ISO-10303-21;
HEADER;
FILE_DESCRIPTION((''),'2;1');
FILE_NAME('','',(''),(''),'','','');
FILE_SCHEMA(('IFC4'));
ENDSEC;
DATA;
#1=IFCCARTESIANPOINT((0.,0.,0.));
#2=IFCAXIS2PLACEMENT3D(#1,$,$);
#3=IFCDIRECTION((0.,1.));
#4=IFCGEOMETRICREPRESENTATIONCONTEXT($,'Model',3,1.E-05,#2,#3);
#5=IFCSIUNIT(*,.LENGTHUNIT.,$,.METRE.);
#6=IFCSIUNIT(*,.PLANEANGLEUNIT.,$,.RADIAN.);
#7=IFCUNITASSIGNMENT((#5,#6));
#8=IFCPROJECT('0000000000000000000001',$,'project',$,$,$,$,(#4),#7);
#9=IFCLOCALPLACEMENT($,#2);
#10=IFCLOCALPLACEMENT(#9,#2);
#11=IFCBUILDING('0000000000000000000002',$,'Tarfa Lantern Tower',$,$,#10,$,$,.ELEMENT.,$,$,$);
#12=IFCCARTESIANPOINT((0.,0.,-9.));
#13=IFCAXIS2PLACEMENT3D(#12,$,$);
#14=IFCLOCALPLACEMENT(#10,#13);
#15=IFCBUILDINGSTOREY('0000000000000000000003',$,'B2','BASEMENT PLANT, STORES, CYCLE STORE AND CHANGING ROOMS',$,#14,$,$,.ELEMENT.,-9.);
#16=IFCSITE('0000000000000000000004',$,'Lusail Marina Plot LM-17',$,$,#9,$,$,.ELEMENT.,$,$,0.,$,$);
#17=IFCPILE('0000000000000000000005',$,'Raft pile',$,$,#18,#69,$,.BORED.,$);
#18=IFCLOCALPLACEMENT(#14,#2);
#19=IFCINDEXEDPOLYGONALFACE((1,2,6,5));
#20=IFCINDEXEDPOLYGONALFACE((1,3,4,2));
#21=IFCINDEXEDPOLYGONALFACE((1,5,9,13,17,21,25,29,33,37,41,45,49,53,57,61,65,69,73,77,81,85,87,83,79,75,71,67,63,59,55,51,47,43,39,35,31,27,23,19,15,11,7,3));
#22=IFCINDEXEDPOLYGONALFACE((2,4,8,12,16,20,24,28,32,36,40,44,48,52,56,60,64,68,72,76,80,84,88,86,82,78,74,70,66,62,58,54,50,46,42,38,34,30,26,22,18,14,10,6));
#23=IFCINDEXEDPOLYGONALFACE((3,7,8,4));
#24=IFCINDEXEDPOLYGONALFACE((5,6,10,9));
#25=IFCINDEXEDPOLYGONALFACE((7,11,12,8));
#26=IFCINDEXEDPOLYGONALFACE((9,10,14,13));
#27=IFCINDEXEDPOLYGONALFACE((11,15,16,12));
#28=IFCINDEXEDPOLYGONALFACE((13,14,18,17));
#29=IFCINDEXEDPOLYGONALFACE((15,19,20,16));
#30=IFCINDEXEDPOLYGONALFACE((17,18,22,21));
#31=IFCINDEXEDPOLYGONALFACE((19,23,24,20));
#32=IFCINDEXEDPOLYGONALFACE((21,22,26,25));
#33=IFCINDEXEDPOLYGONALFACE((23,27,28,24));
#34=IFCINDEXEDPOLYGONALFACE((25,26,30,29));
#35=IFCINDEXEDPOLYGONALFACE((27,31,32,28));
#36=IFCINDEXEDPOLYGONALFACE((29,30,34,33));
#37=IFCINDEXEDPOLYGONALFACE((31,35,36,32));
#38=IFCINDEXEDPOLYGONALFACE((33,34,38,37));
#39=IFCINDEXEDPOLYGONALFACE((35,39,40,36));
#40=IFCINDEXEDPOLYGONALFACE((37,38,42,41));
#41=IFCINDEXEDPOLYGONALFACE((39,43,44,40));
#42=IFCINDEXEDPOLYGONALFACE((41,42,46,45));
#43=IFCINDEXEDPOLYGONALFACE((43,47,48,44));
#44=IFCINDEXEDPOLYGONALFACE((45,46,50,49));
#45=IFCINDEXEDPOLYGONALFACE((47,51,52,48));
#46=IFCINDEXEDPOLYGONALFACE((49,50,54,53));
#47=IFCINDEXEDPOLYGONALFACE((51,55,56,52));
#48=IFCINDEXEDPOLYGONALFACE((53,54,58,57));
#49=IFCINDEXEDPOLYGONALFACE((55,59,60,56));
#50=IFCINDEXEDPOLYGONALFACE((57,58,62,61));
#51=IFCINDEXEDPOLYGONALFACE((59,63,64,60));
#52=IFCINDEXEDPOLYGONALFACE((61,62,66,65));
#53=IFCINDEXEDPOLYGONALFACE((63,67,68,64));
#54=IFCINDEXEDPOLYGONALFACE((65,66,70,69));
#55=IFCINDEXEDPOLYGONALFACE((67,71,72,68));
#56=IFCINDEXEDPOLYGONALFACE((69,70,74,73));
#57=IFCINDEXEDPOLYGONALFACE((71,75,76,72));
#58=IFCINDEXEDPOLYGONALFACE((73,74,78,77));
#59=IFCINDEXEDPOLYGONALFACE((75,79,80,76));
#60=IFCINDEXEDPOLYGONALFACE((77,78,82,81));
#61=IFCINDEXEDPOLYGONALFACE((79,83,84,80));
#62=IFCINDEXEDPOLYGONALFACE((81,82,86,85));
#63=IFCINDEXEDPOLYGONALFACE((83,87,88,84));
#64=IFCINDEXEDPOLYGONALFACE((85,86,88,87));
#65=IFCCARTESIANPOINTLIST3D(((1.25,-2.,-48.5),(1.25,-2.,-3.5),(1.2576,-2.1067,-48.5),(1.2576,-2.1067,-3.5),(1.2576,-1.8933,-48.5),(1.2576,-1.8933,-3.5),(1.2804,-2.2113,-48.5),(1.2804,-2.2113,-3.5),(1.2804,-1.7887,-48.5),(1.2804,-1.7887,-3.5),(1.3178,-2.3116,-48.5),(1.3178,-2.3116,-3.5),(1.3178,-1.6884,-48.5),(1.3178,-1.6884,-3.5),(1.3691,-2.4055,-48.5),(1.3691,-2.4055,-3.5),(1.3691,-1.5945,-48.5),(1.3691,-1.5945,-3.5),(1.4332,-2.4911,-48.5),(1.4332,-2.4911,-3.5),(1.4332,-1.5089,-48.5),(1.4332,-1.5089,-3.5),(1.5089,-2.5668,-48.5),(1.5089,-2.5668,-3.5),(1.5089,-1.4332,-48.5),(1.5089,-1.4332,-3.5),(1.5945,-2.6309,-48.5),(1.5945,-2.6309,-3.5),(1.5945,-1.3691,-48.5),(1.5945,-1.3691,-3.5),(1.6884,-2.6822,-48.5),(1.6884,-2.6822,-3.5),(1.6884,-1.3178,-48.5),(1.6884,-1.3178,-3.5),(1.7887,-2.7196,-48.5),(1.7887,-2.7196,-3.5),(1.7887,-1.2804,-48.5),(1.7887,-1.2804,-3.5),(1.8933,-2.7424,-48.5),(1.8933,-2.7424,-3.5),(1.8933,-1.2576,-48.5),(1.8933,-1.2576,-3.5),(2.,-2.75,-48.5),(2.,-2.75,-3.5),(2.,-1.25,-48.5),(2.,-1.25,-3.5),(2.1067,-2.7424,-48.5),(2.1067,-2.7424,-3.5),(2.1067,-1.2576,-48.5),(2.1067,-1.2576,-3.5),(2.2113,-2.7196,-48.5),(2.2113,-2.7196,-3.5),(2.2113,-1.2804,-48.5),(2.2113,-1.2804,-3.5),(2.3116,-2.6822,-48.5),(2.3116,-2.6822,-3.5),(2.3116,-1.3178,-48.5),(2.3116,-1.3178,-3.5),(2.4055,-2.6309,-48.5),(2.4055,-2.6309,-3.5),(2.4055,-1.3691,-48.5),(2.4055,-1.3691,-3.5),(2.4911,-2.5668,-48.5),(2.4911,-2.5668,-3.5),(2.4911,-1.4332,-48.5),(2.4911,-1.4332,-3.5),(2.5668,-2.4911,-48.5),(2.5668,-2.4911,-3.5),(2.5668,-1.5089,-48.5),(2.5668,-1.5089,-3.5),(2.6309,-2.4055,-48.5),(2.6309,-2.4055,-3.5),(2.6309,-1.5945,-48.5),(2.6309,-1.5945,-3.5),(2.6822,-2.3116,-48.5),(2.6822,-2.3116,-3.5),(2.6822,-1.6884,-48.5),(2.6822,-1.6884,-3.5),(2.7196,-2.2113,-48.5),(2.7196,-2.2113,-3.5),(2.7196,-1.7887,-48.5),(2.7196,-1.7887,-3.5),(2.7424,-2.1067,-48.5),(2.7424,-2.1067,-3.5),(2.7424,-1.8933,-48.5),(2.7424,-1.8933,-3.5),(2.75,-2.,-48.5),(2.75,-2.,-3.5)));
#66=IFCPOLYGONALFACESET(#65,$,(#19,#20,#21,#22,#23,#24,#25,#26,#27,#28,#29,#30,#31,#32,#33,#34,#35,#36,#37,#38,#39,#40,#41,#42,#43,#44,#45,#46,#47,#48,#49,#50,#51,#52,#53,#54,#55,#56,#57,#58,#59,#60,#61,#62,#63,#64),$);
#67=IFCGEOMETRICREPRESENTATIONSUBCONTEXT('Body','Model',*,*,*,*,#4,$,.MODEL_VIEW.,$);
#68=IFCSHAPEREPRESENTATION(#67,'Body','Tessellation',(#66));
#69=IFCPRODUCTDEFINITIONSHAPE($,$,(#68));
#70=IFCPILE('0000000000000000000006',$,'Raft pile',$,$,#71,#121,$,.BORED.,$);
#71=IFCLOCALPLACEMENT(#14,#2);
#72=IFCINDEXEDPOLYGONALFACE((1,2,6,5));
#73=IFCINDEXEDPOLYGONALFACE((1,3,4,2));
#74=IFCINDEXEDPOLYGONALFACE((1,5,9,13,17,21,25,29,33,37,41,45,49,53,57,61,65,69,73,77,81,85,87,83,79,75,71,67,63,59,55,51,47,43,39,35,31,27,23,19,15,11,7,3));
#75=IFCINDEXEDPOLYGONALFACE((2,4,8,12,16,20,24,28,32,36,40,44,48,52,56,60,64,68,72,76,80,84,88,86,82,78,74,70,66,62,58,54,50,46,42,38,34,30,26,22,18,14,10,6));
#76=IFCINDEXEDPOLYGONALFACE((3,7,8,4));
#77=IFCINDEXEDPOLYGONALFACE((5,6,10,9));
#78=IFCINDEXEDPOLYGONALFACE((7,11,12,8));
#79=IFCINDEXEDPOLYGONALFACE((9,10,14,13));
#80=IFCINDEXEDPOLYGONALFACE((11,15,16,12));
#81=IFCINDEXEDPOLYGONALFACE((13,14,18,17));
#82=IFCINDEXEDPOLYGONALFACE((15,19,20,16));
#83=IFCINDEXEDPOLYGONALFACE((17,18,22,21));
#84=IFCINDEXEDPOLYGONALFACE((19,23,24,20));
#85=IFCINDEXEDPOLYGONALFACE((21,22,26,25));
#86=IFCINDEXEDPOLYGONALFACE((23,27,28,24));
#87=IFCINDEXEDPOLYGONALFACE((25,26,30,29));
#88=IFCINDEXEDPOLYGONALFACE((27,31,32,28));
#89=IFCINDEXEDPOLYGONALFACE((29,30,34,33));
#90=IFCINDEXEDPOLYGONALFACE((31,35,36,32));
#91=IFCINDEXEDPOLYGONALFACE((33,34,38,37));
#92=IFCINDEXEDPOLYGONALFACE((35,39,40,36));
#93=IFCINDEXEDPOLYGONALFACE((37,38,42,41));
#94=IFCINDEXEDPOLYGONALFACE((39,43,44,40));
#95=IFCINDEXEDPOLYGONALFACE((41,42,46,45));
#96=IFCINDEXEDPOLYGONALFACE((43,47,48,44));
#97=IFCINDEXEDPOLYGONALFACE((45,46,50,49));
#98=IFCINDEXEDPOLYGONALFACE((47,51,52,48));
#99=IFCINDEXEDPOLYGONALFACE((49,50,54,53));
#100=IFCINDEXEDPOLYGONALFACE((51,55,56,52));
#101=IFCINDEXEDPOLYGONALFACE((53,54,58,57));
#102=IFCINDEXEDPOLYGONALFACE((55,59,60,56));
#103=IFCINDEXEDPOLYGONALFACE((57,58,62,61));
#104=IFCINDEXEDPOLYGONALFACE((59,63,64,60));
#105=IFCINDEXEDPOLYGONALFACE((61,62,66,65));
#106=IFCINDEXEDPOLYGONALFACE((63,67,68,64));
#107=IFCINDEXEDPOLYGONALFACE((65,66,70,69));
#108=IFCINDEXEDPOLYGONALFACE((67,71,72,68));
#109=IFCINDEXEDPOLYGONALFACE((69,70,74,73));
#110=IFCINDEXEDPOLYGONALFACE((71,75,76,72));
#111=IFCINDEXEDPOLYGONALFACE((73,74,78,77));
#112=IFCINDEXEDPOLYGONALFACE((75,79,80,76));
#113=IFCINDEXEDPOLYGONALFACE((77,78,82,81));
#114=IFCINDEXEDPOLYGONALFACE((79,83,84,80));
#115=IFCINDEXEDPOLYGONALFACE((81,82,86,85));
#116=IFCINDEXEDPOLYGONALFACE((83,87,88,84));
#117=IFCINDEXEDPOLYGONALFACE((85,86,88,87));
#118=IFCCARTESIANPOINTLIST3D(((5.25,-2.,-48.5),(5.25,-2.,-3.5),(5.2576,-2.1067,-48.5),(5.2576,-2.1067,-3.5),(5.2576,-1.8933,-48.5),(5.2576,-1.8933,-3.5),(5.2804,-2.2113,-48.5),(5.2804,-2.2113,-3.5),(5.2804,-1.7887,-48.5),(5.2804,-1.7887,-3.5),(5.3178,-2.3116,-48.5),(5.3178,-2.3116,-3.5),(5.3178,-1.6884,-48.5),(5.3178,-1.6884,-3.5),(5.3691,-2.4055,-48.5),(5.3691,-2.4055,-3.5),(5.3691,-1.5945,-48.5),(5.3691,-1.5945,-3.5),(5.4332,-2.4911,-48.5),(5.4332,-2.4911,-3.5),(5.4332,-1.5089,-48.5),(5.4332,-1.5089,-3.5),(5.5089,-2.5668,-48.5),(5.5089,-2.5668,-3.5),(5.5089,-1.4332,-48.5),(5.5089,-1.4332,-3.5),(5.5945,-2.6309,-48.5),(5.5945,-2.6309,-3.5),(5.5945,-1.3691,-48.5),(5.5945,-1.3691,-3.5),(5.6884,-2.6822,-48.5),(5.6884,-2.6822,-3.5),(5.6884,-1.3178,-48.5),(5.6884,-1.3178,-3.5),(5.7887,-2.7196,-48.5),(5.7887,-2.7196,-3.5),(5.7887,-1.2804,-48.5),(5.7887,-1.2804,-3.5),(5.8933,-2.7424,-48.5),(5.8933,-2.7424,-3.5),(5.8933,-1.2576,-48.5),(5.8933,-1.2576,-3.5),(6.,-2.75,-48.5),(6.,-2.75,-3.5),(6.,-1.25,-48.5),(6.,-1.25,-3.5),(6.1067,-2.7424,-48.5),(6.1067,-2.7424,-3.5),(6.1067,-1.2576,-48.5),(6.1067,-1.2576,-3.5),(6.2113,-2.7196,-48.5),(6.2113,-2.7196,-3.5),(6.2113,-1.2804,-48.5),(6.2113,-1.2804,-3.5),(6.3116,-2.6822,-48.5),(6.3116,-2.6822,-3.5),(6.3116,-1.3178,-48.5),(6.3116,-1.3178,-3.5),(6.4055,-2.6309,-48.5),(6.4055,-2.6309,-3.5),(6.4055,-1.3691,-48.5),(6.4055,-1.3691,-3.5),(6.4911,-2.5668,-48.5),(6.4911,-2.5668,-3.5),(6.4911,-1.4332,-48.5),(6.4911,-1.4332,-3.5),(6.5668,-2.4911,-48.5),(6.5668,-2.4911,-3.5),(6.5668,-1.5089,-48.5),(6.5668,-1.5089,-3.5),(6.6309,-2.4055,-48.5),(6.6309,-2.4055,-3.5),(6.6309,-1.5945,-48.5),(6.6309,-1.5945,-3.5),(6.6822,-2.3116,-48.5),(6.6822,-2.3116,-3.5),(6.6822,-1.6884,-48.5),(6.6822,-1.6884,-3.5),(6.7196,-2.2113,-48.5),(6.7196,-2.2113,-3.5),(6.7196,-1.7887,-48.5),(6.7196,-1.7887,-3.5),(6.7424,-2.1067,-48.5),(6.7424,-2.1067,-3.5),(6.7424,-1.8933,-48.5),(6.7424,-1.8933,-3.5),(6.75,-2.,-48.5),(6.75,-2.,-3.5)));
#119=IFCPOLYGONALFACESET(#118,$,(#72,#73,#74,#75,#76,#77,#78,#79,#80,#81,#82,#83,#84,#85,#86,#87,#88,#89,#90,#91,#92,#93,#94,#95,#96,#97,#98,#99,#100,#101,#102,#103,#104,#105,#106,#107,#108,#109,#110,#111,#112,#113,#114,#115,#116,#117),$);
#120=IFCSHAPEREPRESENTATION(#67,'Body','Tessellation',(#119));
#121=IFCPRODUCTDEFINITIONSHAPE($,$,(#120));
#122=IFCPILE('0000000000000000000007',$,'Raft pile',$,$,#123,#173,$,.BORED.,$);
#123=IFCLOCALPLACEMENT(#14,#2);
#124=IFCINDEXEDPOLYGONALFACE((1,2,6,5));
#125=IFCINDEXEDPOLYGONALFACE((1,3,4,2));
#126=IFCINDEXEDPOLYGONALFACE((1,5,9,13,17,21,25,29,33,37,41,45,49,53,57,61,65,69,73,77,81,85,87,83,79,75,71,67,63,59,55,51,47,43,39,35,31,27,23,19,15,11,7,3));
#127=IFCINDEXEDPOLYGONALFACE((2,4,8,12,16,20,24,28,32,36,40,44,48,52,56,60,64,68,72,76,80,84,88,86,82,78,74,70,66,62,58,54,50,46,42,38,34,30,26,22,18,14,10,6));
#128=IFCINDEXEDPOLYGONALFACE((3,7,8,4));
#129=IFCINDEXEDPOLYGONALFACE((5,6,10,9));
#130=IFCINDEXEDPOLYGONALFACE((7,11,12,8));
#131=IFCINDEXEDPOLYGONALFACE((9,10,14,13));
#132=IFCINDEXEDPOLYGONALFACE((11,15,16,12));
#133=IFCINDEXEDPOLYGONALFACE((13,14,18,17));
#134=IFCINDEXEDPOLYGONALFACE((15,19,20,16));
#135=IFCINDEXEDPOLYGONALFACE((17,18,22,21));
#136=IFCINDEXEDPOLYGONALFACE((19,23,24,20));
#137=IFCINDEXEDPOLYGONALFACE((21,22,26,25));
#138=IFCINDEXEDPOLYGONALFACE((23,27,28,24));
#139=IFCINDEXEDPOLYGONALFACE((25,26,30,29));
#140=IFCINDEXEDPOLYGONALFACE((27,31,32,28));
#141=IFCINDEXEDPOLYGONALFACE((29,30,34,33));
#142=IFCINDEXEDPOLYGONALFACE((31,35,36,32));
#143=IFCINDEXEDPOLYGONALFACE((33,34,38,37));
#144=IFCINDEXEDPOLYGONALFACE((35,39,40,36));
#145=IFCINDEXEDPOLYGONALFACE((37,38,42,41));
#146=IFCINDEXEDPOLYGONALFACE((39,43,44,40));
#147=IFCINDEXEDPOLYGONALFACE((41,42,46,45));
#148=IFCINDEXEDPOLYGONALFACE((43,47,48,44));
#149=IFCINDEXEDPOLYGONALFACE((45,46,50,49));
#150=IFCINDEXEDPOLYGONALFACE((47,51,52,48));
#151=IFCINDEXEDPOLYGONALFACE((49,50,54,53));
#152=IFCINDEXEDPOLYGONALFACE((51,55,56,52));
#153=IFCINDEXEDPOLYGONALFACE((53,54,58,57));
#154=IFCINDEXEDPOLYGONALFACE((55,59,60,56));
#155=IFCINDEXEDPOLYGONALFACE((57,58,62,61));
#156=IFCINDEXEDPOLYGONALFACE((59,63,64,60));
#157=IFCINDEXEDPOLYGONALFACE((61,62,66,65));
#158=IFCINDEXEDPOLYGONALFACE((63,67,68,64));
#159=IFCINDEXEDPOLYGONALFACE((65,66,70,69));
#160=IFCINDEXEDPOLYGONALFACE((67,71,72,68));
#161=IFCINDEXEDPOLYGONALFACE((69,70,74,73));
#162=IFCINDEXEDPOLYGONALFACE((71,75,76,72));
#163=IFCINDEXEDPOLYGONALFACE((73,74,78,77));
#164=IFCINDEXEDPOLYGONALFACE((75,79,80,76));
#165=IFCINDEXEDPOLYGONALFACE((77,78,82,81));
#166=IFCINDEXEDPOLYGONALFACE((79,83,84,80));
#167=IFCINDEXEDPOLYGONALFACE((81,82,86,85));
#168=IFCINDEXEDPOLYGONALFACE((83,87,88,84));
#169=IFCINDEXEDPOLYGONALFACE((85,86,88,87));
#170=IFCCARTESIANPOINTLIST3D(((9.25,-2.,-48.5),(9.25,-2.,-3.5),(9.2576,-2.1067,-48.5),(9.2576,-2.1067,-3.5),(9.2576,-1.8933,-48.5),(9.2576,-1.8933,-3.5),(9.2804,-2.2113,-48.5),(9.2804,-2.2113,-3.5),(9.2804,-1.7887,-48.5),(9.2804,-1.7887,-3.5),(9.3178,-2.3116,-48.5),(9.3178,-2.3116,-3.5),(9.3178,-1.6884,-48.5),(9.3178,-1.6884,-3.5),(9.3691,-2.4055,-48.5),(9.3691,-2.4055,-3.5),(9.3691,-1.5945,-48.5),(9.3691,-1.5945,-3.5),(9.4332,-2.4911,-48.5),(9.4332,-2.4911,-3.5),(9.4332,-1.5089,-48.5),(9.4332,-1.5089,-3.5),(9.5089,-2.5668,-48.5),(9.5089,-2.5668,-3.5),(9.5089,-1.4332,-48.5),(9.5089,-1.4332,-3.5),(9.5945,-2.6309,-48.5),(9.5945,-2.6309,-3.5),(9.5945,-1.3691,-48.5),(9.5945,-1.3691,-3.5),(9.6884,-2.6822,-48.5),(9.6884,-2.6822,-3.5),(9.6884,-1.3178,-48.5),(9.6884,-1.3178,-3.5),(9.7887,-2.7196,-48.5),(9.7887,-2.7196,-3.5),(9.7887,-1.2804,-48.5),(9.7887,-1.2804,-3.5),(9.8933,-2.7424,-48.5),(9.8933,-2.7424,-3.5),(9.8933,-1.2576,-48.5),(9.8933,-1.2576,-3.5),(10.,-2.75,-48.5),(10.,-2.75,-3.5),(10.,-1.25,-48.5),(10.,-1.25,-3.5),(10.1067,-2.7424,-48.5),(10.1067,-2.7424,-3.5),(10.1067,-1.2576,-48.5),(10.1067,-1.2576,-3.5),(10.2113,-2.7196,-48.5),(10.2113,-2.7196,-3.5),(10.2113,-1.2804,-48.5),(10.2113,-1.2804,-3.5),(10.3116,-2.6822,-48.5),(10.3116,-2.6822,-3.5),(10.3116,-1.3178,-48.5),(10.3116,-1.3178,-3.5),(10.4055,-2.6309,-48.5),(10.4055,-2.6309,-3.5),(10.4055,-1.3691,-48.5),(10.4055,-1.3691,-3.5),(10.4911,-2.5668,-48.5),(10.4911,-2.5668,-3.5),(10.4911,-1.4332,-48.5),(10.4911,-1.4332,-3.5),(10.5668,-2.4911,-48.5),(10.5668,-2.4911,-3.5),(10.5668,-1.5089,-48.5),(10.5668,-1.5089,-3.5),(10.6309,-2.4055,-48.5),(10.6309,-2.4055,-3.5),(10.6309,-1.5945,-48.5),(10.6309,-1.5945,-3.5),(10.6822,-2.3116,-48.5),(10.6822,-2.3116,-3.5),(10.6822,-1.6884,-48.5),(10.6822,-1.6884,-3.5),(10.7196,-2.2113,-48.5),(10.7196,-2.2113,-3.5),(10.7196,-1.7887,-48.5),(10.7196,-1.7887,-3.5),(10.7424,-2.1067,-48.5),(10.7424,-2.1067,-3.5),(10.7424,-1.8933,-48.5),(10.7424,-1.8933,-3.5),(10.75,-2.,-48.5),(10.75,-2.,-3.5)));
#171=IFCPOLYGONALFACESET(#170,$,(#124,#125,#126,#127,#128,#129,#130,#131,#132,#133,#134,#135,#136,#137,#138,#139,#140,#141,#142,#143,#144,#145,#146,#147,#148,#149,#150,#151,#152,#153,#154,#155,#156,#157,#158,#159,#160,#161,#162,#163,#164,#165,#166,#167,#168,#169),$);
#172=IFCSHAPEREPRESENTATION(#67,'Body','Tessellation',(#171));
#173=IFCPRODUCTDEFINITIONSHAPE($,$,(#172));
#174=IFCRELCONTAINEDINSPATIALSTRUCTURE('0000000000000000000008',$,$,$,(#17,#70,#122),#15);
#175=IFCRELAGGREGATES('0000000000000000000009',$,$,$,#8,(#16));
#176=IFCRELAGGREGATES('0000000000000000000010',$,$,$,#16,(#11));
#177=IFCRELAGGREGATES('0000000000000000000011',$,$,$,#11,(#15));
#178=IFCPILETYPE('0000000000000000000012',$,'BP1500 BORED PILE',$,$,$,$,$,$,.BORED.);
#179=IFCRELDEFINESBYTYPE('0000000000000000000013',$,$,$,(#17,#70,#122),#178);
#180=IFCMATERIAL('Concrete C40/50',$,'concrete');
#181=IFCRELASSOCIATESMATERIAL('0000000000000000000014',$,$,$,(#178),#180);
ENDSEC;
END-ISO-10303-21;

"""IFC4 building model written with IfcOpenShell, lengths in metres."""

from ifc_helpers import new_model, si_unit, direction, frame, origin, origin_2d, place, context, subcontext, project, spatial, circle, extrude, material, material_profile, profile_set, type_object, element, save


model = new_model("IFC4")

# Units and contexts
model_context = context("Model", 3, precision=1e-05, world=origin(), true_north=direction((0.0, 1.0)))
body_context = subcontext(model_context, "Body", "Model", "MODEL_VIEW")
ifc_project = project(units=[si_unit("LENGTHUNIT", "METRE"), si_unit("PLANEANGLEUNIT", "RADIAN")], contexts=[model_context])

# Site, building, storey
site_placement = place(None, origin())
site = spatial("IfcSite", under=ifc_project, at=site_placement, Name="Lusail Marina Plot LM-17", CompositionType="ELEMENT", RefElevation=0.0)
building_placement = place(site_placement, origin())
building = spatial("IfcBuilding", under=site, at=building_placement, Name="Tarfa Lantern Tower", CompositionType="ELEMENT")
storey_placement = place(building_placement, frame((0.0, 0.0, -9.0)))
storey = spatial("IfcBuildingStorey", under=building, at=storey_placement, Name="B2", Description="BASEMENT PLANT, STORES, CYCLE STORE AND CHANGING ROOMS", CompositionType="ELEMENT", Elevation=-9.0)

# Piles
ifc_material_1 = material(Name="Concrete C40/50", Category="concrete")
ifc_material_profile = material_profile(ifc_material_1, circle(Radius=0.75, at=origin_2d()), Name="BORED PILE D1500")
ifc_profile_set = profile_set([ifc_material_profile], Name="Concrete C40/50")
pile_type = type_object("IfcPileType", Name="BP1500 BORED PILE", PredefinedType="BORED", material=ifc_profile_set)
for number, where, z_axis, x_axis, name in (
    (1, (2.0, -2.0, -3.5), (0.0, 0.0, -1.0), (1.0, 0.0, 0.0), "Raft pile"),
    (2, (6.0, -2.0, -3.5), (0.0, 0.0, -1.0), (1.0, 0.0, 0.0), "Raft pile"),
    (3, (10.0, -2.0, -3.5), (0.0, 0.0, -1.0), (1.0, 0.0, 0.0), "Raft pile"),
):
    element("IfcPile", number, at=place(storey_placement, frame(where, z_axis=z_axis, x_axis=x_axis)), inside=storey, type_object=pile_type, Name=name, PredefinedType="BORED", context=body_context, shape_type="SweptSolid", body=[
        extrude(circle(Radius=0.75, at=origin_2d()), origin(), (0.0, 0.0, 1.0), 45.0),
    ])

save(model, "model.ifc")
